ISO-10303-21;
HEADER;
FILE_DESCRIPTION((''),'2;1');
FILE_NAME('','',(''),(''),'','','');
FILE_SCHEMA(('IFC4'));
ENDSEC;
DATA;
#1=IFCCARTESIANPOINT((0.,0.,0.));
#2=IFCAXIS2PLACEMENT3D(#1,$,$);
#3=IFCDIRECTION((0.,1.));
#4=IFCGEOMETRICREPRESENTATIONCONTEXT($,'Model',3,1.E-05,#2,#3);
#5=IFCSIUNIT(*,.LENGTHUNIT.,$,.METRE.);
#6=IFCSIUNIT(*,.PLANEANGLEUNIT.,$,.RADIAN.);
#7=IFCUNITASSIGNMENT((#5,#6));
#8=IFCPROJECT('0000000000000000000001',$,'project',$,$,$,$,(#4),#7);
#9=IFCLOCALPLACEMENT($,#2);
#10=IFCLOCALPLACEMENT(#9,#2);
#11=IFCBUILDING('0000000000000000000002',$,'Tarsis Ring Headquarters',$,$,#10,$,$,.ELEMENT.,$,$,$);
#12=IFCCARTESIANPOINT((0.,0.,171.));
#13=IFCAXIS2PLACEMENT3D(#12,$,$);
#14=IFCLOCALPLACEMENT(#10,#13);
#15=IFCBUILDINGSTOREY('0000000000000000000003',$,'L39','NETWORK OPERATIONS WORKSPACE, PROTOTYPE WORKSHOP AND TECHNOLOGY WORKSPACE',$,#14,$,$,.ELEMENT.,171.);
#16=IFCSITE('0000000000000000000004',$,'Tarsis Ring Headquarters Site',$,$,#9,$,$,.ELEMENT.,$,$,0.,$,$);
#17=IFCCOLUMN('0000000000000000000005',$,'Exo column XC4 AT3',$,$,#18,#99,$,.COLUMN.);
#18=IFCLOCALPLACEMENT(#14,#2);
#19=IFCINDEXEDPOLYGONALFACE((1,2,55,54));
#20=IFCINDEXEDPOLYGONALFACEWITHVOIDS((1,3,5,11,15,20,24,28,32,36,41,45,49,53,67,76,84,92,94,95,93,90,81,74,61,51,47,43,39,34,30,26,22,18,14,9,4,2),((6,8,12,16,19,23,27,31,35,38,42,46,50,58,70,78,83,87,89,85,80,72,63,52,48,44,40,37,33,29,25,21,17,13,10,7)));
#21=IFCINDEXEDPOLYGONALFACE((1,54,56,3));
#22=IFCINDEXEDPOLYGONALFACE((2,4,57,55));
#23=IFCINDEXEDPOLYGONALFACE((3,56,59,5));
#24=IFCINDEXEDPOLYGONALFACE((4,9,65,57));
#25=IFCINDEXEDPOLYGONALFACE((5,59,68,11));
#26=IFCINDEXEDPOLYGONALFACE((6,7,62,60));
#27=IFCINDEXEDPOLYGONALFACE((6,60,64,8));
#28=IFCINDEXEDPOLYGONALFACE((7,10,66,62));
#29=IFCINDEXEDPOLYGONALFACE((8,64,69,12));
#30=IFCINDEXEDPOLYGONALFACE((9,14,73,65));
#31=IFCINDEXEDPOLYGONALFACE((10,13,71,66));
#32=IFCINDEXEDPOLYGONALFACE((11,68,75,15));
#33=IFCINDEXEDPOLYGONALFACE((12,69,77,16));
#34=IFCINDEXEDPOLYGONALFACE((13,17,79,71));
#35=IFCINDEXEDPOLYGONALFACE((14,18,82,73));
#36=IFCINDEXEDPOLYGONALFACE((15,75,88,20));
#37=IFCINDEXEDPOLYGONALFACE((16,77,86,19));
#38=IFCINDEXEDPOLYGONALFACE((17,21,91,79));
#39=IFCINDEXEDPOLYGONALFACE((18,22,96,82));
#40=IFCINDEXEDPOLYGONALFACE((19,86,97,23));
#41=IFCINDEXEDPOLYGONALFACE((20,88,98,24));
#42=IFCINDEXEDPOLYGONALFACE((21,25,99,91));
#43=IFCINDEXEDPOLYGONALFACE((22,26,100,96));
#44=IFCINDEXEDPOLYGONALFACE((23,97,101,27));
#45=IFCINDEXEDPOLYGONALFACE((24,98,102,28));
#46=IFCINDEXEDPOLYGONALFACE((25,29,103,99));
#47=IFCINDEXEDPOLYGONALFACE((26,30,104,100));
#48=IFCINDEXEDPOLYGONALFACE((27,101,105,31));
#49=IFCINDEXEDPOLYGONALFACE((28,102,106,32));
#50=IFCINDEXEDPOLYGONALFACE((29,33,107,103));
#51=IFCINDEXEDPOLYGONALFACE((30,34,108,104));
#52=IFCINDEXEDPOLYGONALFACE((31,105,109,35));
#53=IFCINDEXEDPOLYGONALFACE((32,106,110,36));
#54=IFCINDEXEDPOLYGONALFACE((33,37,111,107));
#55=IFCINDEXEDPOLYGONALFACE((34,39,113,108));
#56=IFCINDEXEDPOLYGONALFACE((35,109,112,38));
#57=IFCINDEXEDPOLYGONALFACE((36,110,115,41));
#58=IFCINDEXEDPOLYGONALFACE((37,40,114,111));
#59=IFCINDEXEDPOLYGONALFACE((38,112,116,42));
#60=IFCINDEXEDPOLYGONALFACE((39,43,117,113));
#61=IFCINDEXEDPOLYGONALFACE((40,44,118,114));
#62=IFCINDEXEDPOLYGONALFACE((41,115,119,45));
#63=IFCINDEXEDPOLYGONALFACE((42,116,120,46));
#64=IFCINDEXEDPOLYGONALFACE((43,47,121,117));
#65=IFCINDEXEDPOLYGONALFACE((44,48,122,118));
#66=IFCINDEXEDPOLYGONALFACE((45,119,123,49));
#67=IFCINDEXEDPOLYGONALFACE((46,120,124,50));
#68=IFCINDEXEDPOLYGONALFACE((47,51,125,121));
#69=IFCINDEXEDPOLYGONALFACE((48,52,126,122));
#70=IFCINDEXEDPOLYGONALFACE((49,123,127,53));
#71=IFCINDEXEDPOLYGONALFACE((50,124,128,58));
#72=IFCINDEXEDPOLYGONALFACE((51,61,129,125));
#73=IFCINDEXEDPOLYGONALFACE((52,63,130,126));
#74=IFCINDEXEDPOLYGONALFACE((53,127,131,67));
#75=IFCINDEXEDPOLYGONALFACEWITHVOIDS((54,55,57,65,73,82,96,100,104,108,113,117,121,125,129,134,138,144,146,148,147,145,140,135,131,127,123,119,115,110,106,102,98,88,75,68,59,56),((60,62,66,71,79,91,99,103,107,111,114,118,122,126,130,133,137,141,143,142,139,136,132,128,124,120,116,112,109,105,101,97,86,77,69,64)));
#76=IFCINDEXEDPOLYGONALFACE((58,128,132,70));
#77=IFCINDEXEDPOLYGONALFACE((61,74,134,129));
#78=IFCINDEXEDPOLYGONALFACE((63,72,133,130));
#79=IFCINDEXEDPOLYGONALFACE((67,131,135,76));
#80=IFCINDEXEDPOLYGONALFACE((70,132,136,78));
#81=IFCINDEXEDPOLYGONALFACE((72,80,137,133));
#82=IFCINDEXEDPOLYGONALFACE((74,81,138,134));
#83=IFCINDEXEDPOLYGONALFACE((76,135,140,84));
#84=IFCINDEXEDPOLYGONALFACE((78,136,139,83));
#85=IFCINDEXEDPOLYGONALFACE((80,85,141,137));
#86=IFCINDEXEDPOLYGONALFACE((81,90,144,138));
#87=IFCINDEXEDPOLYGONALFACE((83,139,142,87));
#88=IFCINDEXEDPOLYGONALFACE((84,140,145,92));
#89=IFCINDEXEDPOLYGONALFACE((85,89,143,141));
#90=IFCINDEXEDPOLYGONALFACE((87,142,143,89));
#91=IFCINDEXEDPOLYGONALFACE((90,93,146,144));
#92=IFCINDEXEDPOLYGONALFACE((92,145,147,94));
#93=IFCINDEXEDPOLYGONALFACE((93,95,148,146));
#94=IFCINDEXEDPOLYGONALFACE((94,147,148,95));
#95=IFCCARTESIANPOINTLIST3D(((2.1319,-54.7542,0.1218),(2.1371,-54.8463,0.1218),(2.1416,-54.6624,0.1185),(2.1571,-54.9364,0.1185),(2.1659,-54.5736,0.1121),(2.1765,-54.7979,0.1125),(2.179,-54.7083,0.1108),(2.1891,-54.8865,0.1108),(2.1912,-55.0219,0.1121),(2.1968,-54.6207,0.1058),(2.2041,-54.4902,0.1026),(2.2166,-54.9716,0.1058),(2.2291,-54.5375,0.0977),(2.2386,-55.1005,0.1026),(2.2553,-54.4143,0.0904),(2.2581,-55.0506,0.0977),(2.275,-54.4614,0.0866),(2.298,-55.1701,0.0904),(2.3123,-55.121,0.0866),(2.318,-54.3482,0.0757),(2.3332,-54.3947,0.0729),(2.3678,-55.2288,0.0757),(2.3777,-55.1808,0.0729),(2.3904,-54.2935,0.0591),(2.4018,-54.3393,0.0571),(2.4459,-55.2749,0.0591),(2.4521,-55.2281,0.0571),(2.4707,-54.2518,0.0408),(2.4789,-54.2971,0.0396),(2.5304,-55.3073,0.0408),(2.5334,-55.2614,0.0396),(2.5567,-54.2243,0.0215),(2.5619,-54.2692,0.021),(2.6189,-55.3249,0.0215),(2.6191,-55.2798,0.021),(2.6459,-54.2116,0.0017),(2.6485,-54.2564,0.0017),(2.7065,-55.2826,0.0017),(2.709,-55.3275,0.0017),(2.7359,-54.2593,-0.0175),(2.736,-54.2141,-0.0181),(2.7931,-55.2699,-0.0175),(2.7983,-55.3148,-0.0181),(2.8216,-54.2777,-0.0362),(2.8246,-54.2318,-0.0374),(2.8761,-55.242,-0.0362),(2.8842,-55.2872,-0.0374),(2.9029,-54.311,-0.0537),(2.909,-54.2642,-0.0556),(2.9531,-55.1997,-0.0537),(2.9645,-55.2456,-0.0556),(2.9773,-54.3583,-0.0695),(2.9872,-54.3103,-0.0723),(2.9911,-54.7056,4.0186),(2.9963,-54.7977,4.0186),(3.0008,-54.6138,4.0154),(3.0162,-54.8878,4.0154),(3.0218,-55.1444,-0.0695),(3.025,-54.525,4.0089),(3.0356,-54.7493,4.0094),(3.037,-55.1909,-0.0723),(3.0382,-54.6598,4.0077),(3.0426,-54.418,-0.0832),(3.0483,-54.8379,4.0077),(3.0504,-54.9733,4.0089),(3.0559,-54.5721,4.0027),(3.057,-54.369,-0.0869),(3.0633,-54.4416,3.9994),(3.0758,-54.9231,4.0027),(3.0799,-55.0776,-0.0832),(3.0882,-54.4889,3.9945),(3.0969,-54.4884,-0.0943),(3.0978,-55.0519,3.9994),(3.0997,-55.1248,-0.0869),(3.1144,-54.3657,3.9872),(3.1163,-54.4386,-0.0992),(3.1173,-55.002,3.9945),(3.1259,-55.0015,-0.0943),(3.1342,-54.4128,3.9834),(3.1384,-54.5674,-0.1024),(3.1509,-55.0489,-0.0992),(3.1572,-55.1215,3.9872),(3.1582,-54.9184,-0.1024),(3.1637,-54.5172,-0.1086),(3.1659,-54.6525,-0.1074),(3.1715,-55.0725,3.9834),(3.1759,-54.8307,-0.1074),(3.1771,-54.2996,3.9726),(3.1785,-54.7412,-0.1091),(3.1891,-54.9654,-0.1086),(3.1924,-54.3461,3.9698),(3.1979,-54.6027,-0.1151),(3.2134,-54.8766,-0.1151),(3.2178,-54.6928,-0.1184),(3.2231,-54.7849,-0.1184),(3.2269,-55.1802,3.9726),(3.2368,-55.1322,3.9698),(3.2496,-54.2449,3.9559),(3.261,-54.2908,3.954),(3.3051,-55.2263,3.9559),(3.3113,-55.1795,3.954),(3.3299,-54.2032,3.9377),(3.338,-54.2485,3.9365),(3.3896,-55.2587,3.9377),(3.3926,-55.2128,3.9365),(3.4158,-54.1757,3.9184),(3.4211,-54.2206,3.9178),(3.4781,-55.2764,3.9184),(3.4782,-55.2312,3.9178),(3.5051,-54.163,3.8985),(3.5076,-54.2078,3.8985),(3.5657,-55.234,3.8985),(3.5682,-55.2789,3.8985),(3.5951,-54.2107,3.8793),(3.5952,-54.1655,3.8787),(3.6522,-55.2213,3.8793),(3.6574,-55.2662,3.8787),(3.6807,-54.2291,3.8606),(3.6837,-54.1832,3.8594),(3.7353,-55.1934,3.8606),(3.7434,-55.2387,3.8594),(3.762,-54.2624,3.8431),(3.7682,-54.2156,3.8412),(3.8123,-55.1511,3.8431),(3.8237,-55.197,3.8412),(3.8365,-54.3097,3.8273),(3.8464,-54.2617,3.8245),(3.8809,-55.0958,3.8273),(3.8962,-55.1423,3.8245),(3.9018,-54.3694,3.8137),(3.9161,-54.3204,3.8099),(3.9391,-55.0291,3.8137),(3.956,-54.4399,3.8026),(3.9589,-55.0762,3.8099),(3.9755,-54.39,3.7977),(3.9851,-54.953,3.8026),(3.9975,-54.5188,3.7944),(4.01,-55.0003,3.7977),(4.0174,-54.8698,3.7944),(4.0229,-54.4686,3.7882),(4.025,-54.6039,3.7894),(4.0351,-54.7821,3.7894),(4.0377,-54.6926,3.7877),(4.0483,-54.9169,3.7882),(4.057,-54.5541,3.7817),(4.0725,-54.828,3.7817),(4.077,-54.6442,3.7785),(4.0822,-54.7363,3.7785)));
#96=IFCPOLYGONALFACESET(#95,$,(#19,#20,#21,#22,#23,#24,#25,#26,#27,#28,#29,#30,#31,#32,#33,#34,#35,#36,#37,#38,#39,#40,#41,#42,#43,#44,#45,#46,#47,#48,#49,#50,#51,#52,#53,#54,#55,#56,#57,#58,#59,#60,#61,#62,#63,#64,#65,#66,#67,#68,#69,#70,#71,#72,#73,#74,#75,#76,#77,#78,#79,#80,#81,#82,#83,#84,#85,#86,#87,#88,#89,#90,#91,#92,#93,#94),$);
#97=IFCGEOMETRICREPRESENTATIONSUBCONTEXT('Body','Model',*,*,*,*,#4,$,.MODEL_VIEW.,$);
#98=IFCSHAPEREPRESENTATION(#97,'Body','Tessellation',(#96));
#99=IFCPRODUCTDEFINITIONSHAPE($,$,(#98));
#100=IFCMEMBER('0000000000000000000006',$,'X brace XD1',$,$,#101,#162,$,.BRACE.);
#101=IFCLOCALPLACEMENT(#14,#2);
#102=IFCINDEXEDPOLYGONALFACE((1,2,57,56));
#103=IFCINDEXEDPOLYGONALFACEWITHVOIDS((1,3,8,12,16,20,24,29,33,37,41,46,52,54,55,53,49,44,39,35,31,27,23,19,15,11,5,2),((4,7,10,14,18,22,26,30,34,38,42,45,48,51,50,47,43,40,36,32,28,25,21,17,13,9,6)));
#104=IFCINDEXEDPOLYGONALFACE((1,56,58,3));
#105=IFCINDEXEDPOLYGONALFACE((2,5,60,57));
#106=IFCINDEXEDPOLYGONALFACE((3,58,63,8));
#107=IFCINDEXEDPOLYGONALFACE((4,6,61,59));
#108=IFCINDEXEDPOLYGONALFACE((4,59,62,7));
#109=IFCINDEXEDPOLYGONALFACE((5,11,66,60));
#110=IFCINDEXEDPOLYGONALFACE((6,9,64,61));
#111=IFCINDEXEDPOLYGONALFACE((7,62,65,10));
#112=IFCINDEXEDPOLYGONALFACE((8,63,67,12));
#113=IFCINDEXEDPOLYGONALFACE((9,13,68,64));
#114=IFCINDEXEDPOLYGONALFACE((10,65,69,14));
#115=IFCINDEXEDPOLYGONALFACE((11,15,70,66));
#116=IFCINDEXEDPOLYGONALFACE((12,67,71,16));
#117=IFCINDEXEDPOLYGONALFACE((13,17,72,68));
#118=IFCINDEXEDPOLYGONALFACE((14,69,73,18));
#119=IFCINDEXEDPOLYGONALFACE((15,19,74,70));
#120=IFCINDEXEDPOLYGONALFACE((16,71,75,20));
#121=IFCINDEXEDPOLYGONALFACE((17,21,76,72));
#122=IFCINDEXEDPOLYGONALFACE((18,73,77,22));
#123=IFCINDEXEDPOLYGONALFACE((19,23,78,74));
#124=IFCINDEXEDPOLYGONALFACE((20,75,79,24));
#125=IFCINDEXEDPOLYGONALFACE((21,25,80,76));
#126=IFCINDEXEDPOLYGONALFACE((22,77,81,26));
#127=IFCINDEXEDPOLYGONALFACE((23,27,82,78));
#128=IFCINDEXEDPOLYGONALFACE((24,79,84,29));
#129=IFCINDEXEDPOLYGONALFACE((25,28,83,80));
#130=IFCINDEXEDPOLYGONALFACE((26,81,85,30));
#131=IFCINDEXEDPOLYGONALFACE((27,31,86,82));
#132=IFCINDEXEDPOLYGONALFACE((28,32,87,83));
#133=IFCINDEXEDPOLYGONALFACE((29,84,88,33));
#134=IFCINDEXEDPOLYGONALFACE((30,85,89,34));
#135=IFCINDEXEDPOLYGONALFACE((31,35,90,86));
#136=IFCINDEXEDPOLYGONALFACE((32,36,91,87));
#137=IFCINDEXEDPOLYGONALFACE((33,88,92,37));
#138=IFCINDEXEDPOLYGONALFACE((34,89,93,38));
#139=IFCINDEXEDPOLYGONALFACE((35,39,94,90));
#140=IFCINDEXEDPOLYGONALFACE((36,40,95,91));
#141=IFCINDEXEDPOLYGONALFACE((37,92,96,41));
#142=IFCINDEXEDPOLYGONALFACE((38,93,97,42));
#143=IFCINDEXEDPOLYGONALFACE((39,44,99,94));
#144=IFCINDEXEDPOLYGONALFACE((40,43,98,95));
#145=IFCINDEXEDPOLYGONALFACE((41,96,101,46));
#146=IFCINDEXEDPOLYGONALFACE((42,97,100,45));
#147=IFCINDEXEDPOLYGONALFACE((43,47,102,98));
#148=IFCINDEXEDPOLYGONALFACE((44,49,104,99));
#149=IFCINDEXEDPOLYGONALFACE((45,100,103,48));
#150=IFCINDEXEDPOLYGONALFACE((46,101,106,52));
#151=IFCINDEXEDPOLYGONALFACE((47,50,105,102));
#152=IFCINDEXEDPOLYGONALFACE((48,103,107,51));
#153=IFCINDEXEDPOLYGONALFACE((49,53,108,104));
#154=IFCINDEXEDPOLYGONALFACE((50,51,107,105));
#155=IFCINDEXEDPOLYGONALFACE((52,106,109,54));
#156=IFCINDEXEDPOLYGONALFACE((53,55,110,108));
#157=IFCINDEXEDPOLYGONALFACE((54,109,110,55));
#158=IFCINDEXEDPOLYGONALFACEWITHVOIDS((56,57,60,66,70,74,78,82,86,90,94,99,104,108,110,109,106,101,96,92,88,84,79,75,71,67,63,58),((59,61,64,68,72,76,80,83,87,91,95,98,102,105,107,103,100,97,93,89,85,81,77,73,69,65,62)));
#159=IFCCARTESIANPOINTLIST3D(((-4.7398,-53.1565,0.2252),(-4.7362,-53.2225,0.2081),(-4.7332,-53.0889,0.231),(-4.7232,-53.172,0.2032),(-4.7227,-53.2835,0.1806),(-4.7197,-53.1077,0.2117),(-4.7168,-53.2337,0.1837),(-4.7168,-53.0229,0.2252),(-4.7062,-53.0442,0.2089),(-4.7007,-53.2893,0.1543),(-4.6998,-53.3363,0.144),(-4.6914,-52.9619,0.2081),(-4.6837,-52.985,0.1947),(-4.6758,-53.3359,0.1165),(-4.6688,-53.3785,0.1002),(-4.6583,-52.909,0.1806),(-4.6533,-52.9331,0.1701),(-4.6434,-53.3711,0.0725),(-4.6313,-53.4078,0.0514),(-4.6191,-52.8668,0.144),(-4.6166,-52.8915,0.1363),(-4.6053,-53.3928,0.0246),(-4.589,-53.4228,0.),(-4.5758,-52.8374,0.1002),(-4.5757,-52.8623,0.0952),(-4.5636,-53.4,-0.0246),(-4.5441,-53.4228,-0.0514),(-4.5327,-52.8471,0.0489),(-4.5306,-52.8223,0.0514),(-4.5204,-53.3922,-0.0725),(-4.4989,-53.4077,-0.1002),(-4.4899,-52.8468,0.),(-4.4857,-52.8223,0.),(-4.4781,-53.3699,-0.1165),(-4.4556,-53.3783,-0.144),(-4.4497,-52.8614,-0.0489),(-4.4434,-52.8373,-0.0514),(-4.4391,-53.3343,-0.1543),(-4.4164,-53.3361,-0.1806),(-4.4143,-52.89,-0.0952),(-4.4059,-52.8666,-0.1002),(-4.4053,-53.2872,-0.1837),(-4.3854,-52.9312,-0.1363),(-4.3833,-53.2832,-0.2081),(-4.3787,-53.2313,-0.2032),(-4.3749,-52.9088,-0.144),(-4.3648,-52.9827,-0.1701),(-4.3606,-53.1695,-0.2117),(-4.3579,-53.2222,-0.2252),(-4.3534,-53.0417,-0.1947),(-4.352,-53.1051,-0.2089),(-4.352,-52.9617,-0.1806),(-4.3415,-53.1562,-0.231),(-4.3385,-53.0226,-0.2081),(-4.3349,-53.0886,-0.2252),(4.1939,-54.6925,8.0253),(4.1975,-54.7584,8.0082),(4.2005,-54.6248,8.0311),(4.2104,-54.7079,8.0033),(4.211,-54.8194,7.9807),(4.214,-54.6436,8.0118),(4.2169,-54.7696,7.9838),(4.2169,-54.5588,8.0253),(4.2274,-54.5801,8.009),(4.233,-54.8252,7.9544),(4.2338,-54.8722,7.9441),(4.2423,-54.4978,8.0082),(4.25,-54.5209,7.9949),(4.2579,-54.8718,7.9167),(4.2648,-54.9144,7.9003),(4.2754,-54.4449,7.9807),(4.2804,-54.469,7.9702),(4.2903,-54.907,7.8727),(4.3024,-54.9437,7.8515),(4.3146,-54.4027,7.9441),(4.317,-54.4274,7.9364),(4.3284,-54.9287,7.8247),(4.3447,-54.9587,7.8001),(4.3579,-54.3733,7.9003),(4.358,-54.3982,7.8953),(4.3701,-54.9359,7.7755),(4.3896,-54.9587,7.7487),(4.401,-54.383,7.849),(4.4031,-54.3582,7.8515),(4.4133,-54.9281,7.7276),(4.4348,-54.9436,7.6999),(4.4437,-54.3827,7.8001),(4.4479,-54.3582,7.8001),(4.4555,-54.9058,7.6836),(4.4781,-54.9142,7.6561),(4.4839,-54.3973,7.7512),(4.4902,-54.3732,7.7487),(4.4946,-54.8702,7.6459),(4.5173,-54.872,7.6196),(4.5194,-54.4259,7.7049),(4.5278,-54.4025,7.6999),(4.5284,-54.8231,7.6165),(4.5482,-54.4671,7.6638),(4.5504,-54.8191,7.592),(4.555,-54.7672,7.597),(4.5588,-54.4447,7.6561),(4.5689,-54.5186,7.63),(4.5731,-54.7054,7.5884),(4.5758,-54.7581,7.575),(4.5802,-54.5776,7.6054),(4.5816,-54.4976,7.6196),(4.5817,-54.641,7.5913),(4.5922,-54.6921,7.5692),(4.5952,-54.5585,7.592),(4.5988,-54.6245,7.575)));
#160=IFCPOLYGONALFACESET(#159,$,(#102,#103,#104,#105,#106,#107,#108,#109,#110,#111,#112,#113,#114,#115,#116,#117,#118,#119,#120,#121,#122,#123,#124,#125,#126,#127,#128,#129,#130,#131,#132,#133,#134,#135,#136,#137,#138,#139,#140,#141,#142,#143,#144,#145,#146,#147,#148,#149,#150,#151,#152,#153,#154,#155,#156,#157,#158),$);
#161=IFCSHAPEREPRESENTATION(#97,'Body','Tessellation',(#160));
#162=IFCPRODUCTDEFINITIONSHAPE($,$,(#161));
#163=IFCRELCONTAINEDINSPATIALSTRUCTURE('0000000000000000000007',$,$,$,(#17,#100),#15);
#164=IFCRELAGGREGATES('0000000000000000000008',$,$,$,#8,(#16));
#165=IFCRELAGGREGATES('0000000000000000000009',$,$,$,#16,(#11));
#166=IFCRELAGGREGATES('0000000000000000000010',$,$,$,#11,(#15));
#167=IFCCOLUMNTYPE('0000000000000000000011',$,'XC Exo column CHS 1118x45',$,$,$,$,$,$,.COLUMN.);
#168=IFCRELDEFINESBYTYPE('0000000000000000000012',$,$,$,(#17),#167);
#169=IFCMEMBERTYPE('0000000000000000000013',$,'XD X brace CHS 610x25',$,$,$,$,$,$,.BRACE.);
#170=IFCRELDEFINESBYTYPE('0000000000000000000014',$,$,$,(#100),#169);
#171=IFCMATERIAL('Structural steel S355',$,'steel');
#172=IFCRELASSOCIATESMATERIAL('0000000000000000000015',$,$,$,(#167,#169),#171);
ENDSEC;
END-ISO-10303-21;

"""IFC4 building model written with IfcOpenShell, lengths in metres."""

from ifc_helpers import new_model, si_unit, direction, frame, origin, origin_2d, place, context, subcontext, project, spatial, hollow_circle, extrude, material, material_profile, profile_set, type_object, element, save


model = new_model("IFC4")

# Units and contexts
model_context = context("Model", 3, precision=1e-05, world=origin(), true_north=direction((0.0, 1.0)))
body_context = subcontext(model_context, "Body", "Model", "MODEL_VIEW")
ifc_project = project(units=[si_unit("LENGTHUNIT", "METRE"), si_unit("PLANEANGLEUNIT", "RADIAN")], contexts=[model_context])

# Site, building, storey
site_placement = place(None, origin())
site = spatial("IfcSite", under=ifc_project, at=site_placement, Name="Tarsis Ring Headquarters Site", CompositionType="ELEMENT", RefElevation=0.0)
building_placement = place(site_placement, origin())
building = spatial("IfcBuilding", under=site, at=building_placement, Name="Tarsis Ring Headquarters", CompositionType="ELEMENT")
storey_placement = place(building_placement, frame((0.0, 0.0, 171.0)))
storey = spatial("IfcBuildingStorey", under=building, at=storey_placement, Name="L39", Description="NETWORK OPERATIONS WORKSPACE, PROTOTYPE WORKSHOP AND TECHNOLOGY WORKSPACE", CompositionType="ELEMENT", Elevation=171.0)

# Column
ifc_material_1 = material(Name="Structural steel S355", Category="steel")
ifc_material_profile_1 = material_profile(ifc_material_1, hollow_circle(Radius=0.5588, WallThickness=0.0449, at=origin_2d()), Name="CHS 1118x45")
ifc_profile_set_1 = profile_set([ifc_material_profile_1], Name="Structural steel S355")
column_type = type_object("IfcColumnType", Name="XC Exo column CHS 1118x45", PredefinedType="COLUMN", material=ifc_profile_set_1)
column_placement = place(storey_placement, frame((2.6775, -54.7695, 0.0017), z_axis=(0.215288, 0.012175, 0.976475), x_axis=(-0.05646, 0.998405, 0.0)))
element("IfcColumn", 1, at=column_placement, inside=storey, type_object=column_type, Name="Exo column XC4 AT3", PredefinedType="COLUMN", context=body_context, shape_type="SweptSolid", body=[
    extrude(hollow_circle(Radius=0.5588, WallThickness=0.0449, at=origin_2d()), origin(), (0.0, 0.0, 1.0), 3.9907),
])

# Member
ifc_material_profile_2 = material_profile(ifc_material_1, hollow_circle(Radius=0.3047, WallThickness=0.0249, at=origin_2d()), Name="CHS 610x25")
ifc_profile_set_2 = profile_set([ifc_material_profile_2], Name="Structural steel S355")
member_type = type_object("IfcMemberType", Name="XD X brace CHS 610x25", PredefinedType="BRACE", material=ifc_profile_set_2)
member_1_placement = place(storey_placement, frame((-4.5374, -53.1226, 0.0), z_axis=(0.747042, -0.128434, 0.652253), x_axis=(0.169437, 0.985541, 0.0)))
element("IfcMember", 2, at=member_1_placement, inside=storey, type_object=member_type, Name="X brace XD1", PredefinedType="BRACE", context=body_context, shape_type="SweptSolid", body=[
    extrude(hollow_circle(Radius=0.3047, WallThickness=0.0249, at=origin_2d()), origin(), (0.0, 0.0, 1.0), 11.9587),
])

save(model, "model.ifc")
